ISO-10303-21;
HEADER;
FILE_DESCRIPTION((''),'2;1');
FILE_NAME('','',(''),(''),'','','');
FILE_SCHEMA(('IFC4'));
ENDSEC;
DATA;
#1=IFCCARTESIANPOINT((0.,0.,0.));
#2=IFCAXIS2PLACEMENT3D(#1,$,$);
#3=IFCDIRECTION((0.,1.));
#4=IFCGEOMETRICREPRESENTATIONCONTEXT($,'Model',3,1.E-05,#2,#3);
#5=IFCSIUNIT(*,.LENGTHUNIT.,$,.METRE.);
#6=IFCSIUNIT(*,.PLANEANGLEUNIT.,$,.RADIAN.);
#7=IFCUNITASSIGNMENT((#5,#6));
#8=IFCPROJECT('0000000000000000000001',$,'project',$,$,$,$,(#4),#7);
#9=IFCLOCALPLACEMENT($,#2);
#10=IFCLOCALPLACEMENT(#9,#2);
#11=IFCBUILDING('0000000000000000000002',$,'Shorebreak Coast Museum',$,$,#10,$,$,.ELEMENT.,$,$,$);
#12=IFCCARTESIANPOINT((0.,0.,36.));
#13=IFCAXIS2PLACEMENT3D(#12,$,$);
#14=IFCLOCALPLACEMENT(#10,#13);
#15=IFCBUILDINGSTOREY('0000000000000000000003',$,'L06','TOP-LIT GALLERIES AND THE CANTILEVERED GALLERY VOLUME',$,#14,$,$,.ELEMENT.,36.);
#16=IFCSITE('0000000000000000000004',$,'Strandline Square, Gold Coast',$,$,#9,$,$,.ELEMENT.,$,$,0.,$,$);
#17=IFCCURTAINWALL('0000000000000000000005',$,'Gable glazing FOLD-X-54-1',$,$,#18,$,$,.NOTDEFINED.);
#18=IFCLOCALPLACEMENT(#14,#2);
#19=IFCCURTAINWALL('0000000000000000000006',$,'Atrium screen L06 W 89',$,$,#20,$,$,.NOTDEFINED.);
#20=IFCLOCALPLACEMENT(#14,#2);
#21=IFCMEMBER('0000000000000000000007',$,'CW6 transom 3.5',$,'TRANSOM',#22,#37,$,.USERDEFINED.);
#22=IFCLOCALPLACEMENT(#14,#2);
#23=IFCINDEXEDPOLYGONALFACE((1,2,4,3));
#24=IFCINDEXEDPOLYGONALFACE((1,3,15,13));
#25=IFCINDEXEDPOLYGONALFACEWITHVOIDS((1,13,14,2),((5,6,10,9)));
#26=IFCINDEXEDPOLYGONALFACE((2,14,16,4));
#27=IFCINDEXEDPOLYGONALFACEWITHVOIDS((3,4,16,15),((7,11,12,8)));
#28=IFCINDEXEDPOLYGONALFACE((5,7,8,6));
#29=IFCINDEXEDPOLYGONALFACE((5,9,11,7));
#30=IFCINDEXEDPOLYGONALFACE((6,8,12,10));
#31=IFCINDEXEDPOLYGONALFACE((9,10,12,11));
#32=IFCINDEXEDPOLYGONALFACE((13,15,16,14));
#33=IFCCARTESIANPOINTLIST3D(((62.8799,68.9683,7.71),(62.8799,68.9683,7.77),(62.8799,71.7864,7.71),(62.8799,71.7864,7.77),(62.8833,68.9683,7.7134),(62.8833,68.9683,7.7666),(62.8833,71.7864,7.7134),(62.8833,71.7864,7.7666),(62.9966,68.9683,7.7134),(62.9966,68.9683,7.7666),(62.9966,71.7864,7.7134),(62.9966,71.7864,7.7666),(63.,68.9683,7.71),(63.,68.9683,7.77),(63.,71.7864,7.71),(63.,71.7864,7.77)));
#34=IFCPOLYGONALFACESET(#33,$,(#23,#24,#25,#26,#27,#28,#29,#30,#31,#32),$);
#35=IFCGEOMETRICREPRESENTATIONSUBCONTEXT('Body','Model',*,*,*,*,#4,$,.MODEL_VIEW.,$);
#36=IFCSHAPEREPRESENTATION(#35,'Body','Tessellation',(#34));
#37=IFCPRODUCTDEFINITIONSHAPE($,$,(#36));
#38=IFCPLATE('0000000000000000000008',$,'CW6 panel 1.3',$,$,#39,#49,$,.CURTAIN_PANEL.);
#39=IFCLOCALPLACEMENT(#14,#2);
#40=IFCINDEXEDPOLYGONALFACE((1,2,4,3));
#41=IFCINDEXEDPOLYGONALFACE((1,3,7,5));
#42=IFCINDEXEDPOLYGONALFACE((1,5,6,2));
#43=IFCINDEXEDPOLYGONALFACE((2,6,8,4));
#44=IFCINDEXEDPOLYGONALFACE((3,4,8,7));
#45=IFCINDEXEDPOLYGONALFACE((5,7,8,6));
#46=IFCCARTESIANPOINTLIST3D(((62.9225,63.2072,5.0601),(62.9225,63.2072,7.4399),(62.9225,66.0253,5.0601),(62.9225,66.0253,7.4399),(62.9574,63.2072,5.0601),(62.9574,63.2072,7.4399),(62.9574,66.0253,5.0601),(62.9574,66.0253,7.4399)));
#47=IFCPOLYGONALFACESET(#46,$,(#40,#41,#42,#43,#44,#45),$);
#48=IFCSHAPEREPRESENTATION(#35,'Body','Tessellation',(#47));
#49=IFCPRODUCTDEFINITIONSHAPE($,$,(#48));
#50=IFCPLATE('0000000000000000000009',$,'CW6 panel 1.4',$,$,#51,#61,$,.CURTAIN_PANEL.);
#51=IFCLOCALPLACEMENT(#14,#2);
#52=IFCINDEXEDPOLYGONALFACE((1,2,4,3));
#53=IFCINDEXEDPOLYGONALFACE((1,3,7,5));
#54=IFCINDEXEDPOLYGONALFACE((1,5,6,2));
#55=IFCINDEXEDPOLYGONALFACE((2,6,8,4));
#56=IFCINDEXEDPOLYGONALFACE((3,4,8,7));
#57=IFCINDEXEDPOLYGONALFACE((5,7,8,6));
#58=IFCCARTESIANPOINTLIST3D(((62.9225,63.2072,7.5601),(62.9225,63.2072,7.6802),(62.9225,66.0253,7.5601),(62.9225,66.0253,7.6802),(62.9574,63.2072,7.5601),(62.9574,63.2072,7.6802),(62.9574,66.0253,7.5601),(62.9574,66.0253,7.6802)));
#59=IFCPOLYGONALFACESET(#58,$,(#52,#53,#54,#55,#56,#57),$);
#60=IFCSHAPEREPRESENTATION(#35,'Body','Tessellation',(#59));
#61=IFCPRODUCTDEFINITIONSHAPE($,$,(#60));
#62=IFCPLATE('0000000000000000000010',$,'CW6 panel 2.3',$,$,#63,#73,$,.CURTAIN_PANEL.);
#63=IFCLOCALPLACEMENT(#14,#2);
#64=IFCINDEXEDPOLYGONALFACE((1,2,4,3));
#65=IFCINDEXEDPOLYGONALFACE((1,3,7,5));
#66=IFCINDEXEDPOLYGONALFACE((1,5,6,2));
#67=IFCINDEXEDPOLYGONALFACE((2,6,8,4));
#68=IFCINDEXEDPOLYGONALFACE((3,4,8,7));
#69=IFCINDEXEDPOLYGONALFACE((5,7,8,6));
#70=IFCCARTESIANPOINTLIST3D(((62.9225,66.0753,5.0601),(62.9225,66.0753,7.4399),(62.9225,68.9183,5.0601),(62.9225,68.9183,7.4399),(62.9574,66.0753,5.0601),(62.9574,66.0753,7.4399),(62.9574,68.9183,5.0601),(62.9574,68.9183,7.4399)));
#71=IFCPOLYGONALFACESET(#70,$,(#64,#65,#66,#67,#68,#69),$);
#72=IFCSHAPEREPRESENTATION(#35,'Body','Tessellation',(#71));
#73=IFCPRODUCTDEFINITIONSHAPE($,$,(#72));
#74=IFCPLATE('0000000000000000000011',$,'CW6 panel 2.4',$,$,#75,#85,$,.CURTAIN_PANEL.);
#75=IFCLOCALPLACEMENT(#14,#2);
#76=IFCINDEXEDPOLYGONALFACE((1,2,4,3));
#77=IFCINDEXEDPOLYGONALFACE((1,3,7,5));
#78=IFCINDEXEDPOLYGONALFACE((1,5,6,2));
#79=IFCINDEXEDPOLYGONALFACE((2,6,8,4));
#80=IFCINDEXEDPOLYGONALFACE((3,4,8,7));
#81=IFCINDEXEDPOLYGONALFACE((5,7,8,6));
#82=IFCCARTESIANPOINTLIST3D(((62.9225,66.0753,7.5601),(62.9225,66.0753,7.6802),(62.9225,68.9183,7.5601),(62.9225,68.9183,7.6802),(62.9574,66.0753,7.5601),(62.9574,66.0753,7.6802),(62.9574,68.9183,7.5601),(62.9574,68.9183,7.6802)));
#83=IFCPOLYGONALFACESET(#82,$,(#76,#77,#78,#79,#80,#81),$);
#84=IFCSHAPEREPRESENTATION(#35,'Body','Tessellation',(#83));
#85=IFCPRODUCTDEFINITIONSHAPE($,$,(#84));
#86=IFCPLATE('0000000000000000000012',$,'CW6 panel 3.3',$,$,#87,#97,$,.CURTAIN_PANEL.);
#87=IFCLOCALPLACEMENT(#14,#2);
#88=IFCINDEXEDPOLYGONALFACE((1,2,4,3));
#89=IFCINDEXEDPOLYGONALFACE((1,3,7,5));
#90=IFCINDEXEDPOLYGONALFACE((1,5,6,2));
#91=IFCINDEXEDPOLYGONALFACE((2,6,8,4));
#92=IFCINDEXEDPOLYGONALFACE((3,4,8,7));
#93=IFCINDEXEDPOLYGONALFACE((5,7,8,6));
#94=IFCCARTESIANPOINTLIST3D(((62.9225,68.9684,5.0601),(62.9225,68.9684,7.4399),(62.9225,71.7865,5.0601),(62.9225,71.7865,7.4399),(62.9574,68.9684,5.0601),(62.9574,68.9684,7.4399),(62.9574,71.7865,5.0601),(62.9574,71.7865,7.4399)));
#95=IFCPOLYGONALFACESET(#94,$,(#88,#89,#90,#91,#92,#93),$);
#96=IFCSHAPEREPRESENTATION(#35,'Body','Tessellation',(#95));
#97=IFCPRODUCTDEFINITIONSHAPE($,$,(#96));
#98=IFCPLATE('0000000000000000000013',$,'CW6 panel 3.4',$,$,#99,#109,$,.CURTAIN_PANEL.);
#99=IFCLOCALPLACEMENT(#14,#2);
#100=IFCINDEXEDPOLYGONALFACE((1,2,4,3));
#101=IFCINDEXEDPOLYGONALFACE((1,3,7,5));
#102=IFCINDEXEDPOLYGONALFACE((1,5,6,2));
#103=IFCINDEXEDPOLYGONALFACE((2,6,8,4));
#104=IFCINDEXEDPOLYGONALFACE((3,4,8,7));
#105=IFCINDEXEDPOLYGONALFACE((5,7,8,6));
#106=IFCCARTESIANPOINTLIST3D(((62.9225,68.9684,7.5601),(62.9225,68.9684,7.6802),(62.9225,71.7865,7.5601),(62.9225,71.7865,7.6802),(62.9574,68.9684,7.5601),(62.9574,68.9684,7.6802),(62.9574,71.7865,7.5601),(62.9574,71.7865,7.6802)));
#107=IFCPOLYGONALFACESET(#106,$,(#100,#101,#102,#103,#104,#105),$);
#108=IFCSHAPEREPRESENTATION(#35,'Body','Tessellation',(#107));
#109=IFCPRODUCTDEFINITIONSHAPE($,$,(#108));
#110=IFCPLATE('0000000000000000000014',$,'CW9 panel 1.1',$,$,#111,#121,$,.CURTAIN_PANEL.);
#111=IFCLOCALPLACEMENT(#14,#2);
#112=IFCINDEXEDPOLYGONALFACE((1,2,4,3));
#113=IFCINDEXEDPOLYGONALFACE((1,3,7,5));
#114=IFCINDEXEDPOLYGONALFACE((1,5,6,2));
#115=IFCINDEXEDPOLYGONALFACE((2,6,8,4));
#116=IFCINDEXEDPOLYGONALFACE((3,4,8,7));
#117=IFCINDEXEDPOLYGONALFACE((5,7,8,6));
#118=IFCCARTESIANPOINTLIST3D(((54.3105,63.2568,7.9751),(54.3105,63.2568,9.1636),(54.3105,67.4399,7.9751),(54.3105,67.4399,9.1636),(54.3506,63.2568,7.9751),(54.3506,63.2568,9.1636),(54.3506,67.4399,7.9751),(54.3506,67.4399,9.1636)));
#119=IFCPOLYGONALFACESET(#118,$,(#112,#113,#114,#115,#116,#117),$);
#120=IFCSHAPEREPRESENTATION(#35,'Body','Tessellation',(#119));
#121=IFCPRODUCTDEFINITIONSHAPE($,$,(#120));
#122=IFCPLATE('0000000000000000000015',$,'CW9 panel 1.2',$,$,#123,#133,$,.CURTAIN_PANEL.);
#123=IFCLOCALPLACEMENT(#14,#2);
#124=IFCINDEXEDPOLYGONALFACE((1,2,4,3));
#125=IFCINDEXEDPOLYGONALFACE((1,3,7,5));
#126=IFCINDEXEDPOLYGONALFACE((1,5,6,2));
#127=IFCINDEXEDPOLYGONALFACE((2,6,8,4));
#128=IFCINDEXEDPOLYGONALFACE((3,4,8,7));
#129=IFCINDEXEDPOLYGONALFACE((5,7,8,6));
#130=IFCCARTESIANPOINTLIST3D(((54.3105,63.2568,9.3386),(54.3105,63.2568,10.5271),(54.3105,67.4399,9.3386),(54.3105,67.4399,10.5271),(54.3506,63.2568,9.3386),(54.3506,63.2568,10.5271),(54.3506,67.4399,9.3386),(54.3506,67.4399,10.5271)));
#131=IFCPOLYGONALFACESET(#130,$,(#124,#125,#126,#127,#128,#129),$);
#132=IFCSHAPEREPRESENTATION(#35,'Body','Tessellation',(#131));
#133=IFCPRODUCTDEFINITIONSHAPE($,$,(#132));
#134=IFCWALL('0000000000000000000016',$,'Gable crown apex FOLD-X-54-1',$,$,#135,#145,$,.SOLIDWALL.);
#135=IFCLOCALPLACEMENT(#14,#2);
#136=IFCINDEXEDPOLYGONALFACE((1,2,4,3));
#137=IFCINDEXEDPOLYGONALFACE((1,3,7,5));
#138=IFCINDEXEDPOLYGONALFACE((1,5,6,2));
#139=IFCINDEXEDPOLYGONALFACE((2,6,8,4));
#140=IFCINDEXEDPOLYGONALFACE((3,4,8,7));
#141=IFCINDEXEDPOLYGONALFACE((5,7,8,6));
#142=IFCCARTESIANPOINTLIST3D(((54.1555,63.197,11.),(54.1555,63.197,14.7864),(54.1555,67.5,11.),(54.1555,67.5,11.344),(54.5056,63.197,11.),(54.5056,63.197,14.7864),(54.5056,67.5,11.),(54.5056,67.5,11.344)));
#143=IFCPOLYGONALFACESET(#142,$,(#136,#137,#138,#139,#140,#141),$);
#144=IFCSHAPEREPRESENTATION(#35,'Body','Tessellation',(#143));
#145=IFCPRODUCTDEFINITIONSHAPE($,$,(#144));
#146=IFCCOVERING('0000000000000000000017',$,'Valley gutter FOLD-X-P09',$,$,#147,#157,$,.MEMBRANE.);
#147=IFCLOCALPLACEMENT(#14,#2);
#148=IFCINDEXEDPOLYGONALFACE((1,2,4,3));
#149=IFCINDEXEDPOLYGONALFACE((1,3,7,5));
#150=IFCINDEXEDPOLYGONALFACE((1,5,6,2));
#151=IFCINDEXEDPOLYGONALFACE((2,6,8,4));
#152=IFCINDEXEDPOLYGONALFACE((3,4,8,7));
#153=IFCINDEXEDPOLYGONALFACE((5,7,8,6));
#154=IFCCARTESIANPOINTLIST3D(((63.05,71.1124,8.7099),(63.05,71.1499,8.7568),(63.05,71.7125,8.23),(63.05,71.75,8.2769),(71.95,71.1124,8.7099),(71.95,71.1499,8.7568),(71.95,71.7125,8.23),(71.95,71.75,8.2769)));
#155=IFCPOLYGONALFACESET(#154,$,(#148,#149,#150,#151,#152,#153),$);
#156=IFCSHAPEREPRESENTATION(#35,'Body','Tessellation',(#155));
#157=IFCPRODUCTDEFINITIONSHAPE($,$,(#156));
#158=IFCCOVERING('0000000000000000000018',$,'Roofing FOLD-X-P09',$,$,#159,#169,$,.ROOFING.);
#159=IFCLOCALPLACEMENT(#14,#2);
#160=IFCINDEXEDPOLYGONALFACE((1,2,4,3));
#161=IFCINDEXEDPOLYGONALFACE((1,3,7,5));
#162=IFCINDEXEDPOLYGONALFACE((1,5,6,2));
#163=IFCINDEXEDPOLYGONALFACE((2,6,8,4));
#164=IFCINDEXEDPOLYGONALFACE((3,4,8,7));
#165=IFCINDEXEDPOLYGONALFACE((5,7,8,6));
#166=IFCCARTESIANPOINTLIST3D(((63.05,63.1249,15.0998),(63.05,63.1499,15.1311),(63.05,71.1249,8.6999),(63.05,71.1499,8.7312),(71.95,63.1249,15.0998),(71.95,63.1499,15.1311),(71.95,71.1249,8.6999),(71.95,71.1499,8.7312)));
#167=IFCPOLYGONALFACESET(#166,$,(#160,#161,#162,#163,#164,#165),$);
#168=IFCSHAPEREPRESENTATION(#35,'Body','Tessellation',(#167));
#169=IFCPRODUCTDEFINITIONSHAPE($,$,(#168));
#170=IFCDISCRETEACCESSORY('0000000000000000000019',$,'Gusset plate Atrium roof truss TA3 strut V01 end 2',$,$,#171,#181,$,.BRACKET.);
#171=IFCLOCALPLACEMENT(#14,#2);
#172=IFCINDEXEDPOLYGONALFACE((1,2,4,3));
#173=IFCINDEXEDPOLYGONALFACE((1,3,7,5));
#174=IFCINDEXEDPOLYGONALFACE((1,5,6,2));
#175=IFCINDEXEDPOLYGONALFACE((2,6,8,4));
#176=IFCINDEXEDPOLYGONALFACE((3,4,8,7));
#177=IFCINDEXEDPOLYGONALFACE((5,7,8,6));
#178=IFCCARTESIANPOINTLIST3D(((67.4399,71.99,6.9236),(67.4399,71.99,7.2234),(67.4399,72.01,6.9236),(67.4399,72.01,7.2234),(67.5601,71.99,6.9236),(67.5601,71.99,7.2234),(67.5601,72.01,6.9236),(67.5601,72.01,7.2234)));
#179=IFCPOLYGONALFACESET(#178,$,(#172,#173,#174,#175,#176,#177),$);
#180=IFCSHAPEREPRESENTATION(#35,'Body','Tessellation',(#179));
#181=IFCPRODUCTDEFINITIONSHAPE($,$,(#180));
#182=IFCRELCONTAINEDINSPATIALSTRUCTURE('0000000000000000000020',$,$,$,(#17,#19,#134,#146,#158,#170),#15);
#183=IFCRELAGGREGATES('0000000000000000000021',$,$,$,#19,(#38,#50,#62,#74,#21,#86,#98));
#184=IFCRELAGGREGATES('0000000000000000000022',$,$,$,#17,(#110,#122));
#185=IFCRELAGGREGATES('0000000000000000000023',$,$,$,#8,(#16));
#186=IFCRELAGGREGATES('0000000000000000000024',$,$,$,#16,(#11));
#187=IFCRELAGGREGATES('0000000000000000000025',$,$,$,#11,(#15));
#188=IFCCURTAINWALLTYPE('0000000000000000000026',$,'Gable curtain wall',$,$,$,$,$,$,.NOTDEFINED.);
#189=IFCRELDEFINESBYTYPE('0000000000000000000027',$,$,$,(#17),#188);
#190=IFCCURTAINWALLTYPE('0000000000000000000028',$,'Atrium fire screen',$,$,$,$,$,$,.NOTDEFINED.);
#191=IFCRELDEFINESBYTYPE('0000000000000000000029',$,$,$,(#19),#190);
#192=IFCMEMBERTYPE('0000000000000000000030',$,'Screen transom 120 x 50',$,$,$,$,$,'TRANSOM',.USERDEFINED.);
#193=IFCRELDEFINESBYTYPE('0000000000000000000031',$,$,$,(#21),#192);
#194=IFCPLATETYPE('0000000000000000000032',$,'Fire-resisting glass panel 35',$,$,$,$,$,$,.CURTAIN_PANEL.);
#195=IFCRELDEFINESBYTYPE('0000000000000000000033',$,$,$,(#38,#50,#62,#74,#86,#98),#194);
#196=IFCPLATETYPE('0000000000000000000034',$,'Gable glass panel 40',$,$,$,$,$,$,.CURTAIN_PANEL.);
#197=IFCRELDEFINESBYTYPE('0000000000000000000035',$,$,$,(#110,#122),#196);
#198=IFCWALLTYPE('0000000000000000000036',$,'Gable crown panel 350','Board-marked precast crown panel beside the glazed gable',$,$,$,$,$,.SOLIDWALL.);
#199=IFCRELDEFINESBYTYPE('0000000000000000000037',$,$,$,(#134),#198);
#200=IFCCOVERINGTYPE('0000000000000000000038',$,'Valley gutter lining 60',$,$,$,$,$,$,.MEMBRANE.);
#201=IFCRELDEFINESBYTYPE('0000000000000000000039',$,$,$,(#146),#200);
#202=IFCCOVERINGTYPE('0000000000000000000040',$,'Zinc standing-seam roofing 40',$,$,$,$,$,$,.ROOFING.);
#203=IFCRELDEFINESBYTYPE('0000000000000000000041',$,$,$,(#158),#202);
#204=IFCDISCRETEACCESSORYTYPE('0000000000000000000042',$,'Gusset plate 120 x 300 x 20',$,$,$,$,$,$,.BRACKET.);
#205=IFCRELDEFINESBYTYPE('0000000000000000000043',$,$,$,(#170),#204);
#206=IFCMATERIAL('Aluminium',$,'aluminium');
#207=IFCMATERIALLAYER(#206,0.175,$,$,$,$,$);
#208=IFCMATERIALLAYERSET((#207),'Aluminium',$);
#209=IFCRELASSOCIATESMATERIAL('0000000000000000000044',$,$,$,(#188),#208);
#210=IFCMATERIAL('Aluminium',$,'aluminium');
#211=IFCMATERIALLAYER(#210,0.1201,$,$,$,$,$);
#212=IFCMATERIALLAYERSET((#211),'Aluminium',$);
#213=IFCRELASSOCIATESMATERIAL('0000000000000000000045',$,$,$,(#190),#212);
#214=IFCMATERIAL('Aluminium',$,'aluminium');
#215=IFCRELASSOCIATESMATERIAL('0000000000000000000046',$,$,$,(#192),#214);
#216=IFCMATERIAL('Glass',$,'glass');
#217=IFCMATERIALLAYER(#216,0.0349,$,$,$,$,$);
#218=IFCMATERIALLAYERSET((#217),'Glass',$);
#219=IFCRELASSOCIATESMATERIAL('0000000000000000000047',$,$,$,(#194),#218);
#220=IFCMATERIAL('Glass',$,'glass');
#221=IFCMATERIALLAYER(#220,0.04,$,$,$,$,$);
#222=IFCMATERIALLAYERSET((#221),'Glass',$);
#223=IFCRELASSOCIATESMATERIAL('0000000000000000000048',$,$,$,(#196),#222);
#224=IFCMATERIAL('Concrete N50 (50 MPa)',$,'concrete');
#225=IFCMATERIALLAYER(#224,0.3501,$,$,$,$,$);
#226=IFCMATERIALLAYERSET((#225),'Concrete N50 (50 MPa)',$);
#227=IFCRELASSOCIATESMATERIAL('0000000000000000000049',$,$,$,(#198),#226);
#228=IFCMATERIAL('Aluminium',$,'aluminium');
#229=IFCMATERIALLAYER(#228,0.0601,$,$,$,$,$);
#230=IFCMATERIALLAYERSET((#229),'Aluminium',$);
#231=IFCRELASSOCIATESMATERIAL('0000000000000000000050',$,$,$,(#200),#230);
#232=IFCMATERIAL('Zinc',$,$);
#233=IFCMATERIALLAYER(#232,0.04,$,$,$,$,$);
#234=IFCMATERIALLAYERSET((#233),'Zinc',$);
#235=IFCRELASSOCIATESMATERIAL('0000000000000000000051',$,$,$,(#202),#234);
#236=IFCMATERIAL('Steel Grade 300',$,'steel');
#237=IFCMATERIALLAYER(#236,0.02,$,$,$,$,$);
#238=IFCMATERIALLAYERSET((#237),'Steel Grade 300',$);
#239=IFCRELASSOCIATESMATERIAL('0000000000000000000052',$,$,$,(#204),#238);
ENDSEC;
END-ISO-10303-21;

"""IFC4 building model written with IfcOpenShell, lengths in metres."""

from ifc_helpers import new_model, si_unit, direction, frame, origin, origin_2d, place, context, subcontext, project, spatial, polyline, rectangle, hollow_rectangle, outline, extrude, material, layer, layer_set, material_profile, profile_set, type_object, element, aggregate, save


model = new_model("IFC4")

# Units and contexts
model_context = context("Model", 3, precision=1e-05, world=origin(), true_north=direction((0.0, 1.0)))
body_context = subcontext(model_context, "Body", "Model", "MODEL_VIEW")
ifc_project = project(units=[si_unit("LENGTHUNIT", "METRE"), si_unit("PLANEANGLEUNIT", "RADIAN")], contexts=[model_context])

# Site, building, storey
site_placement = place(None, origin())
site = spatial("IfcSite", under=ifc_project, at=site_placement, Name="Strandline Square, Gold Coast", CompositionType="ELEMENT", RefElevation=0.0)
building_placement = place(site_placement, origin())
building = spatial("IfcBuilding", under=site, at=building_placement, Name="Shorebreak Coast Museum", CompositionType="ELEMENT")
storey_placement = place(building_placement, frame((0.0, 0.0, 36.0)))
storey = spatial("IfcBuildingStorey", under=building, at=storey_placement, Name="L06", Description="TOP-LIT GALLERIES AND THE CANTILEVERED GALLERY VOLUME", CompositionType="ELEMENT", Elevation=36.0)

# Curtain wall
ifc_material_1 = material(Name="Aluminium", Category="aluminium")
ifc_layer_1 = layer(ifc_material_1, 0.175)
ifc_layer_set_1 = layer_set([ifc_layer_1], Name="Aluminium")
curtain_wall_type_1 = type_object("IfcCurtainWallType", Name="Gable curtain wall", PredefinedType="NOTDEFINED", material=ifc_layer_set_1)
curtain_wall_1_placement = place(storey_placement, origin())
curtain_wall_1 = element("IfcCurtainWall", 1, at=curtain_wall_1_placement, inside=storey, type_object=curtain_wall_type_1, Name="Gable glazing FOLD-X-54-1", PredefinedType="NOTDEFINED")

# Curtain wall, member, plates
ifc_material_2 = material(Name="Aluminium", Category="aluminium")
ifc_layer_2 = layer(ifc_material_2, 0.1201)
ifc_layer_set_2 = layer_set([ifc_layer_2], Name="Aluminium")
curtain_wall_type_2 = type_object("IfcCurtainWallType", Name="Atrium fire screen", PredefinedType="NOTDEFINED", material=ifc_layer_set_2)
curtain_wall_2_placement = place(storey_placement, origin())
curtain_wall_2 = element("IfcCurtainWall", 2, at=curtain_wall_2_placement, inside=storey, type_object=curtain_wall_type_2, Name="Atrium screen L06 W 89", PredefinedType="NOTDEFINED")
ifc_material_3 = material(Name="Aluminium", Category="aluminium")
ifc_material_profile_1 = material_profile(ifc_material_3, hollow_rectangle(XDim=0.1201, YDim=0.0601, WallThickness=0.0034, at=origin_2d()), Name="AL 60x120 RHS")
ifc_profile_set_1 = profile_set([ifc_material_profile_1], Name="Aluminium")
member_type_1 = type_object("IfcMemberType", Name="Screen transom 120 x 50", ElementType="TRANSOM", PredefinedType="USERDEFINED", material=ifc_profile_set_1)
member_1_placement = place(storey_placement, frame((62.9399, 68.9683, 7.74), z_axis=(0.0, 1.0, 0.0), x_axis=(-1.0, 0.0, 0.0)))
member_1 = element("IfcMember", 3, at=member_1_placement, type_object=member_type_1, Name="CW6 transom 3.5", ObjectType="TRANSOM", PredefinedType="USERDEFINED", context=body_context, shape_type="SweptSolid", body=[
    extrude(hollow_rectangle(XDim=0.1201, YDim=0.0601, WallThickness=0.0034, at=origin_2d()), origin(), (0.0, 0.0, 1.0), 2.8181),
])
ifc_material_4 = material(Name="Glass", Category="glass")
ifc_layer_3 = layer(ifc_material_4, 0.0349)
ifc_layer_set_3 = layer_set([ifc_layer_3], Name="Glass")
plate_type_1 = type_object("IfcPlateType", Name="Fire-resisting glass panel 35", PredefinedType="CURTAIN_PANEL", material=ifc_layer_set_3)
plate_1_placement = place(storey_placement, frame((62.9399, 64.6162, 5.0601), z_axis=(0.0, 0.0, 1.0), x_axis=(0.0, 1.0, 0.0)))
plate_1 = element("IfcPlate", 4, at=plate_1_placement, type_object=plate_type_1, Name="CW6 panel 1.3", PredefinedType="CURTAIN_PANEL", context=body_context, shape_type="SweptSolid", body=[
    extrude(rectangle(XDim=2.8181, YDim=0.0349, at=origin_2d()), origin(), (0.0, 0.0, 1.0), 2.3799),
])
plate_2_placement = place(storey_placement, frame((62.9399, 64.6162, 7.5601), z_axis=(0.0, 0.0, 1.0), x_axis=(0.0, 1.0, 0.0)))
plate_2 = element("IfcPlate", 5, at=plate_2_placement, type_object=plate_type_1, Name="CW6 panel 1.4", PredefinedType="CURTAIN_PANEL", context=body_context, shape_type="SweptSolid", body=[
    extrude(rectangle(XDim=2.8181, YDim=0.0349, at=origin_2d()), origin(), (0.0, 0.0, 1.0), 0.1201),
])
plate_3_placement = place(storey_placement, frame((62.9399, 67.4968, 5.0601), z_axis=(0.0, 0.0, 1.0), x_axis=(0.0, 1.0, 0.0)))
plate_3 = element("IfcPlate", 6, at=plate_3_placement, type_object=plate_type_1, Name="CW6 panel 2.3", PredefinedType="CURTAIN_PANEL", context=body_context, shape_type="SweptSolid", body=[
    extrude(rectangle(XDim=2.843, YDim=0.0349, at=origin_2d()), origin(), (0.0, 0.0, 1.0), 2.3799),
])
plate_4_placement = place(storey_placement, frame((62.9399, 67.4968, 7.5601), z_axis=(0.0, 0.0, 1.0), x_axis=(0.0, 1.0, 0.0)))
plate_4 = element("IfcPlate", 7, at=plate_4_placement, type_object=plate_type_1, Name="CW6 panel 2.4", PredefinedType="CURTAIN_PANEL", context=body_context, shape_type="SweptSolid", body=[
    extrude(rectangle(XDim=2.843, YDim=0.0349, at=origin_2d()), origin(), (0.0, 0.0, 1.0), 0.1201),
])
plate_5_placement = place(storey_placement, frame((62.9399, 70.3774, 5.0601), z_axis=(0.0, 0.0, 1.0), x_axis=(0.0, 1.0, 0.0)))
plate_5 = element("IfcPlate", 8, at=plate_5_placement, type_object=plate_type_1, Name="CW6 panel 3.3", PredefinedType="CURTAIN_PANEL", context=body_context, shape_type="SweptSolid", body=[
    extrude(rectangle(XDim=2.8181, YDim=0.0349, at=origin_2d()), origin(), (0.0, 0.0, 1.0), 2.3799),
])
plate_6_placement = place(storey_placement, frame((62.9399, 70.3774, 7.5601), z_axis=(0.0, 0.0, 1.0), x_axis=(0.0, 1.0, 0.0)))
plate_6 = element("IfcPlate", 9, at=plate_6_placement, type_object=plate_type_1, Name="CW6 panel 3.4", PredefinedType="CURTAIN_PANEL", context=body_context, shape_type="SweptSolid", body=[
    extrude(rectangle(XDim=2.8181, YDim=0.0349, at=origin_2d()), origin(), (0.0, 0.0, 1.0), 0.1201),
])
aggregate(curtain_wall_2, [plate_1, plate_2, plate_3, plate_4, member_1, plate_5, plate_6])

# Plates
ifc_material_5 = material(Name="Glass", Category="glass")
ifc_layer_4 = layer(ifc_material_5, 0.04)
ifc_layer_set_4 = layer_set([ifc_layer_4], Name="Glass")
plate_type_2 = type_object("IfcPlateType", Name="Gable glass panel 40", PredefinedType="CURTAIN_PANEL", material=ifc_layer_set_4)
plate_7_placement = place(storey_placement, frame((54.3306, 65.3484, 7.9751), z_axis=(0.0, 0.0, 1.0), x_axis=(0.0, 1.0, 0.0)))
plate_7 = element("IfcPlate", 10, at=plate_7_placement, type_object=plate_type_2, Name="CW9 panel 1.1", PredefinedType="CURTAIN_PANEL", context=body_context, shape_type="SweptSolid", body=[
    extrude(rectangle(XDim=4.1831, YDim=0.04, at=origin_2d()), origin(), (0.0, 0.0, 1.0), 1.1885),
])
plate_8_placement = place(storey_placement, frame((54.3306, 65.3484, 9.3386), z_axis=(0.0, 0.0, 1.0), x_axis=(0.0, 1.0, 0.0)))
plate_8 = element("IfcPlate", 11, at=plate_8_placement, type_object=plate_type_2, Name="CW9 panel 1.2", PredefinedType="CURTAIN_PANEL", context=body_context, shape_type="SweptSolid", body=[
    extrude(rectangle(XDim=4.1831, YDim=0.04, at=origin_2d()), origin(), (0.0, 0.0, 1.0), 1.1885),
])
aggregate(curtain_wall_1, [plate_7, plate_8])

# Wall
ifc_material_6 = material(Name="Concrete N50 (50 MPa)", Category="concrete")
ifc_layer_5 = layer(ifc_material_6, 0.3501)
ifc_layer_set_5 = layer_set([ifc_layer_5], Name="Concrete N50 (50 MPa)")
wall_type = type_object("IfcWallType", Name="Gable crown panel 350", Description="Board-marked precast crown panel beside the glazed gable", PredefinedType="SOLIDWALL", material=ifc_layer_set_5)
wall_placement = place(storey_placement, frame((54.3306, 63.197, 11.0), z_axis=(0.0, 0.0, 1.0), x_axis=(0.0, 1.0, 0.0)))
element("IfcWall", 12, at=wall_placement, inside=storey, type_object=wall_type, Name="Gable crown apex FOLD-X-54-1", PredefinedType="SOLIDWALL", context=body_context, shape_type="SweptSolid", body=[
    extrude(outline(polyline([(0.0, 0.0), (4.303, 0.0), (4.303, 0.344), (0.0, 3.7864), (0.0, 0.0)])), frame((0.0, 0.175, 0.0), z_axis=(0.0, -1.0, 0.0), x_axis=(1.0, 0.0, 0.0)), (0.0, 0.0, 1.0), 0.3501),
])

# Coverings
ifc_material_7 = material(Name="Aluminium", Category="aluminium")
ifc_layer_6 = layer(ifc_material_7, 0.0601)
ifc_layer_set_6 = layer_set([ifc_layer_6], Name="Aluminium")
covering_type_1 = type_object("IfcCoveringType", Name="Valley gutter lining 60", PredefinedType="MEMBRANE", material=ifc_layer_set_6)
covering_1_placement = place(storey_placement, frame((63.05, 71.1499, 8.7568), z_axis=(0.0, 0.624618, 0.780931), x_axis=(1.0, 0.0, 0.0)))
element("IfcCovering", 13, at=covering_1_placement, inside=storey, type_object=covering_type_1, Name="Valley gutter FOLD-X-P09", PredefinedType="MEMBRANE", context=body_context, shape_type="SweptSolid", body=[
    extrude(outline(polyline([(0.0, 0.0), (8.8999, 0.0), (8.8999, 0.7684), (0.0, 0.7684), (0.0, 0.0)])), origin(), (0.0, 0.0, -1.0), 0.0601),
])
ifc_material_8 = material(Name="Zinc")
ifc_layer_7 = layer(ifc_material_8, 0.04)
ifc_layer_set_7 = layer_set([ifc_layer_7], Name="Zinc")
covering_type_2 = type_object("IfcCoveringType", Name="Zinc standing-seam roofing 40", PredefinedType="ROOFING", material=ifc_layer_set_7)
covering_2_placement = place(storey_placement, frame((63.05, 63.1499, 15.1311), z_axis=(0.0, 0.624689, 0.780873), x_axis=(1.0, 0.0, 0.0)))
element("IfcCovering", 14, at=covering_2_placement, inside=storey, type_object=covering_type_2, Name="Roofing FOLD-X-P09", PredefinedType="ROOFING", context=body_context, shape_type="SweptSolid", body=[
    extrude(outline(polyline([(0.0, 0.0), (8.8999, 0.0), (8.8999, 10.2449), (0.0, 10.2449), (0.0, 0.0)])), origin(), (0.0, 0.0, -1.0), 0.04),
])

# Discrete accessory
ifc_material_9 = material(Name="Steel Grade 300", Category="steel")
ifc_layer_8 = layer(ifc_material_9, 0.02)
ifc_layer_set_8 = layer_set([ifc_layer_8], Name="Steel Grade 300")
discrete_accessory_type = type_object("IfcDiscreteAccessoryType", Name="Gusset plate 120 x 300 x 20", PredefinedType="BRACKET", material=ifc_layer_set_8)
discrete_accessory_placement = place(storey_placement, frame((67.4399, 71.99, 6.9236), z_axis=(0.0, -1.0, 0.0), x_axis=(1.0, 0.0, 0.0)))
element("IfcDiscreteAccessory", 15, at=discrete_accessory_placement, inside=storey, type_object=discrete_accessory_type, Name="Gusset plate Atrium roof truss TA3 strut V01 end 2", PredefinedType="BRACKET", context=body_context, shape_type="SweptSolid", body=[
    extrude(outline(polyline([(0.0, 0.0), (0.1201, 0.0), (0.1201, 0.2998), (0.0, 0.2998), (0.0, 0.0)])), origin(), (0.0, 0.0, -1.0), 0.02),
])

save(model, "model.ifc")
